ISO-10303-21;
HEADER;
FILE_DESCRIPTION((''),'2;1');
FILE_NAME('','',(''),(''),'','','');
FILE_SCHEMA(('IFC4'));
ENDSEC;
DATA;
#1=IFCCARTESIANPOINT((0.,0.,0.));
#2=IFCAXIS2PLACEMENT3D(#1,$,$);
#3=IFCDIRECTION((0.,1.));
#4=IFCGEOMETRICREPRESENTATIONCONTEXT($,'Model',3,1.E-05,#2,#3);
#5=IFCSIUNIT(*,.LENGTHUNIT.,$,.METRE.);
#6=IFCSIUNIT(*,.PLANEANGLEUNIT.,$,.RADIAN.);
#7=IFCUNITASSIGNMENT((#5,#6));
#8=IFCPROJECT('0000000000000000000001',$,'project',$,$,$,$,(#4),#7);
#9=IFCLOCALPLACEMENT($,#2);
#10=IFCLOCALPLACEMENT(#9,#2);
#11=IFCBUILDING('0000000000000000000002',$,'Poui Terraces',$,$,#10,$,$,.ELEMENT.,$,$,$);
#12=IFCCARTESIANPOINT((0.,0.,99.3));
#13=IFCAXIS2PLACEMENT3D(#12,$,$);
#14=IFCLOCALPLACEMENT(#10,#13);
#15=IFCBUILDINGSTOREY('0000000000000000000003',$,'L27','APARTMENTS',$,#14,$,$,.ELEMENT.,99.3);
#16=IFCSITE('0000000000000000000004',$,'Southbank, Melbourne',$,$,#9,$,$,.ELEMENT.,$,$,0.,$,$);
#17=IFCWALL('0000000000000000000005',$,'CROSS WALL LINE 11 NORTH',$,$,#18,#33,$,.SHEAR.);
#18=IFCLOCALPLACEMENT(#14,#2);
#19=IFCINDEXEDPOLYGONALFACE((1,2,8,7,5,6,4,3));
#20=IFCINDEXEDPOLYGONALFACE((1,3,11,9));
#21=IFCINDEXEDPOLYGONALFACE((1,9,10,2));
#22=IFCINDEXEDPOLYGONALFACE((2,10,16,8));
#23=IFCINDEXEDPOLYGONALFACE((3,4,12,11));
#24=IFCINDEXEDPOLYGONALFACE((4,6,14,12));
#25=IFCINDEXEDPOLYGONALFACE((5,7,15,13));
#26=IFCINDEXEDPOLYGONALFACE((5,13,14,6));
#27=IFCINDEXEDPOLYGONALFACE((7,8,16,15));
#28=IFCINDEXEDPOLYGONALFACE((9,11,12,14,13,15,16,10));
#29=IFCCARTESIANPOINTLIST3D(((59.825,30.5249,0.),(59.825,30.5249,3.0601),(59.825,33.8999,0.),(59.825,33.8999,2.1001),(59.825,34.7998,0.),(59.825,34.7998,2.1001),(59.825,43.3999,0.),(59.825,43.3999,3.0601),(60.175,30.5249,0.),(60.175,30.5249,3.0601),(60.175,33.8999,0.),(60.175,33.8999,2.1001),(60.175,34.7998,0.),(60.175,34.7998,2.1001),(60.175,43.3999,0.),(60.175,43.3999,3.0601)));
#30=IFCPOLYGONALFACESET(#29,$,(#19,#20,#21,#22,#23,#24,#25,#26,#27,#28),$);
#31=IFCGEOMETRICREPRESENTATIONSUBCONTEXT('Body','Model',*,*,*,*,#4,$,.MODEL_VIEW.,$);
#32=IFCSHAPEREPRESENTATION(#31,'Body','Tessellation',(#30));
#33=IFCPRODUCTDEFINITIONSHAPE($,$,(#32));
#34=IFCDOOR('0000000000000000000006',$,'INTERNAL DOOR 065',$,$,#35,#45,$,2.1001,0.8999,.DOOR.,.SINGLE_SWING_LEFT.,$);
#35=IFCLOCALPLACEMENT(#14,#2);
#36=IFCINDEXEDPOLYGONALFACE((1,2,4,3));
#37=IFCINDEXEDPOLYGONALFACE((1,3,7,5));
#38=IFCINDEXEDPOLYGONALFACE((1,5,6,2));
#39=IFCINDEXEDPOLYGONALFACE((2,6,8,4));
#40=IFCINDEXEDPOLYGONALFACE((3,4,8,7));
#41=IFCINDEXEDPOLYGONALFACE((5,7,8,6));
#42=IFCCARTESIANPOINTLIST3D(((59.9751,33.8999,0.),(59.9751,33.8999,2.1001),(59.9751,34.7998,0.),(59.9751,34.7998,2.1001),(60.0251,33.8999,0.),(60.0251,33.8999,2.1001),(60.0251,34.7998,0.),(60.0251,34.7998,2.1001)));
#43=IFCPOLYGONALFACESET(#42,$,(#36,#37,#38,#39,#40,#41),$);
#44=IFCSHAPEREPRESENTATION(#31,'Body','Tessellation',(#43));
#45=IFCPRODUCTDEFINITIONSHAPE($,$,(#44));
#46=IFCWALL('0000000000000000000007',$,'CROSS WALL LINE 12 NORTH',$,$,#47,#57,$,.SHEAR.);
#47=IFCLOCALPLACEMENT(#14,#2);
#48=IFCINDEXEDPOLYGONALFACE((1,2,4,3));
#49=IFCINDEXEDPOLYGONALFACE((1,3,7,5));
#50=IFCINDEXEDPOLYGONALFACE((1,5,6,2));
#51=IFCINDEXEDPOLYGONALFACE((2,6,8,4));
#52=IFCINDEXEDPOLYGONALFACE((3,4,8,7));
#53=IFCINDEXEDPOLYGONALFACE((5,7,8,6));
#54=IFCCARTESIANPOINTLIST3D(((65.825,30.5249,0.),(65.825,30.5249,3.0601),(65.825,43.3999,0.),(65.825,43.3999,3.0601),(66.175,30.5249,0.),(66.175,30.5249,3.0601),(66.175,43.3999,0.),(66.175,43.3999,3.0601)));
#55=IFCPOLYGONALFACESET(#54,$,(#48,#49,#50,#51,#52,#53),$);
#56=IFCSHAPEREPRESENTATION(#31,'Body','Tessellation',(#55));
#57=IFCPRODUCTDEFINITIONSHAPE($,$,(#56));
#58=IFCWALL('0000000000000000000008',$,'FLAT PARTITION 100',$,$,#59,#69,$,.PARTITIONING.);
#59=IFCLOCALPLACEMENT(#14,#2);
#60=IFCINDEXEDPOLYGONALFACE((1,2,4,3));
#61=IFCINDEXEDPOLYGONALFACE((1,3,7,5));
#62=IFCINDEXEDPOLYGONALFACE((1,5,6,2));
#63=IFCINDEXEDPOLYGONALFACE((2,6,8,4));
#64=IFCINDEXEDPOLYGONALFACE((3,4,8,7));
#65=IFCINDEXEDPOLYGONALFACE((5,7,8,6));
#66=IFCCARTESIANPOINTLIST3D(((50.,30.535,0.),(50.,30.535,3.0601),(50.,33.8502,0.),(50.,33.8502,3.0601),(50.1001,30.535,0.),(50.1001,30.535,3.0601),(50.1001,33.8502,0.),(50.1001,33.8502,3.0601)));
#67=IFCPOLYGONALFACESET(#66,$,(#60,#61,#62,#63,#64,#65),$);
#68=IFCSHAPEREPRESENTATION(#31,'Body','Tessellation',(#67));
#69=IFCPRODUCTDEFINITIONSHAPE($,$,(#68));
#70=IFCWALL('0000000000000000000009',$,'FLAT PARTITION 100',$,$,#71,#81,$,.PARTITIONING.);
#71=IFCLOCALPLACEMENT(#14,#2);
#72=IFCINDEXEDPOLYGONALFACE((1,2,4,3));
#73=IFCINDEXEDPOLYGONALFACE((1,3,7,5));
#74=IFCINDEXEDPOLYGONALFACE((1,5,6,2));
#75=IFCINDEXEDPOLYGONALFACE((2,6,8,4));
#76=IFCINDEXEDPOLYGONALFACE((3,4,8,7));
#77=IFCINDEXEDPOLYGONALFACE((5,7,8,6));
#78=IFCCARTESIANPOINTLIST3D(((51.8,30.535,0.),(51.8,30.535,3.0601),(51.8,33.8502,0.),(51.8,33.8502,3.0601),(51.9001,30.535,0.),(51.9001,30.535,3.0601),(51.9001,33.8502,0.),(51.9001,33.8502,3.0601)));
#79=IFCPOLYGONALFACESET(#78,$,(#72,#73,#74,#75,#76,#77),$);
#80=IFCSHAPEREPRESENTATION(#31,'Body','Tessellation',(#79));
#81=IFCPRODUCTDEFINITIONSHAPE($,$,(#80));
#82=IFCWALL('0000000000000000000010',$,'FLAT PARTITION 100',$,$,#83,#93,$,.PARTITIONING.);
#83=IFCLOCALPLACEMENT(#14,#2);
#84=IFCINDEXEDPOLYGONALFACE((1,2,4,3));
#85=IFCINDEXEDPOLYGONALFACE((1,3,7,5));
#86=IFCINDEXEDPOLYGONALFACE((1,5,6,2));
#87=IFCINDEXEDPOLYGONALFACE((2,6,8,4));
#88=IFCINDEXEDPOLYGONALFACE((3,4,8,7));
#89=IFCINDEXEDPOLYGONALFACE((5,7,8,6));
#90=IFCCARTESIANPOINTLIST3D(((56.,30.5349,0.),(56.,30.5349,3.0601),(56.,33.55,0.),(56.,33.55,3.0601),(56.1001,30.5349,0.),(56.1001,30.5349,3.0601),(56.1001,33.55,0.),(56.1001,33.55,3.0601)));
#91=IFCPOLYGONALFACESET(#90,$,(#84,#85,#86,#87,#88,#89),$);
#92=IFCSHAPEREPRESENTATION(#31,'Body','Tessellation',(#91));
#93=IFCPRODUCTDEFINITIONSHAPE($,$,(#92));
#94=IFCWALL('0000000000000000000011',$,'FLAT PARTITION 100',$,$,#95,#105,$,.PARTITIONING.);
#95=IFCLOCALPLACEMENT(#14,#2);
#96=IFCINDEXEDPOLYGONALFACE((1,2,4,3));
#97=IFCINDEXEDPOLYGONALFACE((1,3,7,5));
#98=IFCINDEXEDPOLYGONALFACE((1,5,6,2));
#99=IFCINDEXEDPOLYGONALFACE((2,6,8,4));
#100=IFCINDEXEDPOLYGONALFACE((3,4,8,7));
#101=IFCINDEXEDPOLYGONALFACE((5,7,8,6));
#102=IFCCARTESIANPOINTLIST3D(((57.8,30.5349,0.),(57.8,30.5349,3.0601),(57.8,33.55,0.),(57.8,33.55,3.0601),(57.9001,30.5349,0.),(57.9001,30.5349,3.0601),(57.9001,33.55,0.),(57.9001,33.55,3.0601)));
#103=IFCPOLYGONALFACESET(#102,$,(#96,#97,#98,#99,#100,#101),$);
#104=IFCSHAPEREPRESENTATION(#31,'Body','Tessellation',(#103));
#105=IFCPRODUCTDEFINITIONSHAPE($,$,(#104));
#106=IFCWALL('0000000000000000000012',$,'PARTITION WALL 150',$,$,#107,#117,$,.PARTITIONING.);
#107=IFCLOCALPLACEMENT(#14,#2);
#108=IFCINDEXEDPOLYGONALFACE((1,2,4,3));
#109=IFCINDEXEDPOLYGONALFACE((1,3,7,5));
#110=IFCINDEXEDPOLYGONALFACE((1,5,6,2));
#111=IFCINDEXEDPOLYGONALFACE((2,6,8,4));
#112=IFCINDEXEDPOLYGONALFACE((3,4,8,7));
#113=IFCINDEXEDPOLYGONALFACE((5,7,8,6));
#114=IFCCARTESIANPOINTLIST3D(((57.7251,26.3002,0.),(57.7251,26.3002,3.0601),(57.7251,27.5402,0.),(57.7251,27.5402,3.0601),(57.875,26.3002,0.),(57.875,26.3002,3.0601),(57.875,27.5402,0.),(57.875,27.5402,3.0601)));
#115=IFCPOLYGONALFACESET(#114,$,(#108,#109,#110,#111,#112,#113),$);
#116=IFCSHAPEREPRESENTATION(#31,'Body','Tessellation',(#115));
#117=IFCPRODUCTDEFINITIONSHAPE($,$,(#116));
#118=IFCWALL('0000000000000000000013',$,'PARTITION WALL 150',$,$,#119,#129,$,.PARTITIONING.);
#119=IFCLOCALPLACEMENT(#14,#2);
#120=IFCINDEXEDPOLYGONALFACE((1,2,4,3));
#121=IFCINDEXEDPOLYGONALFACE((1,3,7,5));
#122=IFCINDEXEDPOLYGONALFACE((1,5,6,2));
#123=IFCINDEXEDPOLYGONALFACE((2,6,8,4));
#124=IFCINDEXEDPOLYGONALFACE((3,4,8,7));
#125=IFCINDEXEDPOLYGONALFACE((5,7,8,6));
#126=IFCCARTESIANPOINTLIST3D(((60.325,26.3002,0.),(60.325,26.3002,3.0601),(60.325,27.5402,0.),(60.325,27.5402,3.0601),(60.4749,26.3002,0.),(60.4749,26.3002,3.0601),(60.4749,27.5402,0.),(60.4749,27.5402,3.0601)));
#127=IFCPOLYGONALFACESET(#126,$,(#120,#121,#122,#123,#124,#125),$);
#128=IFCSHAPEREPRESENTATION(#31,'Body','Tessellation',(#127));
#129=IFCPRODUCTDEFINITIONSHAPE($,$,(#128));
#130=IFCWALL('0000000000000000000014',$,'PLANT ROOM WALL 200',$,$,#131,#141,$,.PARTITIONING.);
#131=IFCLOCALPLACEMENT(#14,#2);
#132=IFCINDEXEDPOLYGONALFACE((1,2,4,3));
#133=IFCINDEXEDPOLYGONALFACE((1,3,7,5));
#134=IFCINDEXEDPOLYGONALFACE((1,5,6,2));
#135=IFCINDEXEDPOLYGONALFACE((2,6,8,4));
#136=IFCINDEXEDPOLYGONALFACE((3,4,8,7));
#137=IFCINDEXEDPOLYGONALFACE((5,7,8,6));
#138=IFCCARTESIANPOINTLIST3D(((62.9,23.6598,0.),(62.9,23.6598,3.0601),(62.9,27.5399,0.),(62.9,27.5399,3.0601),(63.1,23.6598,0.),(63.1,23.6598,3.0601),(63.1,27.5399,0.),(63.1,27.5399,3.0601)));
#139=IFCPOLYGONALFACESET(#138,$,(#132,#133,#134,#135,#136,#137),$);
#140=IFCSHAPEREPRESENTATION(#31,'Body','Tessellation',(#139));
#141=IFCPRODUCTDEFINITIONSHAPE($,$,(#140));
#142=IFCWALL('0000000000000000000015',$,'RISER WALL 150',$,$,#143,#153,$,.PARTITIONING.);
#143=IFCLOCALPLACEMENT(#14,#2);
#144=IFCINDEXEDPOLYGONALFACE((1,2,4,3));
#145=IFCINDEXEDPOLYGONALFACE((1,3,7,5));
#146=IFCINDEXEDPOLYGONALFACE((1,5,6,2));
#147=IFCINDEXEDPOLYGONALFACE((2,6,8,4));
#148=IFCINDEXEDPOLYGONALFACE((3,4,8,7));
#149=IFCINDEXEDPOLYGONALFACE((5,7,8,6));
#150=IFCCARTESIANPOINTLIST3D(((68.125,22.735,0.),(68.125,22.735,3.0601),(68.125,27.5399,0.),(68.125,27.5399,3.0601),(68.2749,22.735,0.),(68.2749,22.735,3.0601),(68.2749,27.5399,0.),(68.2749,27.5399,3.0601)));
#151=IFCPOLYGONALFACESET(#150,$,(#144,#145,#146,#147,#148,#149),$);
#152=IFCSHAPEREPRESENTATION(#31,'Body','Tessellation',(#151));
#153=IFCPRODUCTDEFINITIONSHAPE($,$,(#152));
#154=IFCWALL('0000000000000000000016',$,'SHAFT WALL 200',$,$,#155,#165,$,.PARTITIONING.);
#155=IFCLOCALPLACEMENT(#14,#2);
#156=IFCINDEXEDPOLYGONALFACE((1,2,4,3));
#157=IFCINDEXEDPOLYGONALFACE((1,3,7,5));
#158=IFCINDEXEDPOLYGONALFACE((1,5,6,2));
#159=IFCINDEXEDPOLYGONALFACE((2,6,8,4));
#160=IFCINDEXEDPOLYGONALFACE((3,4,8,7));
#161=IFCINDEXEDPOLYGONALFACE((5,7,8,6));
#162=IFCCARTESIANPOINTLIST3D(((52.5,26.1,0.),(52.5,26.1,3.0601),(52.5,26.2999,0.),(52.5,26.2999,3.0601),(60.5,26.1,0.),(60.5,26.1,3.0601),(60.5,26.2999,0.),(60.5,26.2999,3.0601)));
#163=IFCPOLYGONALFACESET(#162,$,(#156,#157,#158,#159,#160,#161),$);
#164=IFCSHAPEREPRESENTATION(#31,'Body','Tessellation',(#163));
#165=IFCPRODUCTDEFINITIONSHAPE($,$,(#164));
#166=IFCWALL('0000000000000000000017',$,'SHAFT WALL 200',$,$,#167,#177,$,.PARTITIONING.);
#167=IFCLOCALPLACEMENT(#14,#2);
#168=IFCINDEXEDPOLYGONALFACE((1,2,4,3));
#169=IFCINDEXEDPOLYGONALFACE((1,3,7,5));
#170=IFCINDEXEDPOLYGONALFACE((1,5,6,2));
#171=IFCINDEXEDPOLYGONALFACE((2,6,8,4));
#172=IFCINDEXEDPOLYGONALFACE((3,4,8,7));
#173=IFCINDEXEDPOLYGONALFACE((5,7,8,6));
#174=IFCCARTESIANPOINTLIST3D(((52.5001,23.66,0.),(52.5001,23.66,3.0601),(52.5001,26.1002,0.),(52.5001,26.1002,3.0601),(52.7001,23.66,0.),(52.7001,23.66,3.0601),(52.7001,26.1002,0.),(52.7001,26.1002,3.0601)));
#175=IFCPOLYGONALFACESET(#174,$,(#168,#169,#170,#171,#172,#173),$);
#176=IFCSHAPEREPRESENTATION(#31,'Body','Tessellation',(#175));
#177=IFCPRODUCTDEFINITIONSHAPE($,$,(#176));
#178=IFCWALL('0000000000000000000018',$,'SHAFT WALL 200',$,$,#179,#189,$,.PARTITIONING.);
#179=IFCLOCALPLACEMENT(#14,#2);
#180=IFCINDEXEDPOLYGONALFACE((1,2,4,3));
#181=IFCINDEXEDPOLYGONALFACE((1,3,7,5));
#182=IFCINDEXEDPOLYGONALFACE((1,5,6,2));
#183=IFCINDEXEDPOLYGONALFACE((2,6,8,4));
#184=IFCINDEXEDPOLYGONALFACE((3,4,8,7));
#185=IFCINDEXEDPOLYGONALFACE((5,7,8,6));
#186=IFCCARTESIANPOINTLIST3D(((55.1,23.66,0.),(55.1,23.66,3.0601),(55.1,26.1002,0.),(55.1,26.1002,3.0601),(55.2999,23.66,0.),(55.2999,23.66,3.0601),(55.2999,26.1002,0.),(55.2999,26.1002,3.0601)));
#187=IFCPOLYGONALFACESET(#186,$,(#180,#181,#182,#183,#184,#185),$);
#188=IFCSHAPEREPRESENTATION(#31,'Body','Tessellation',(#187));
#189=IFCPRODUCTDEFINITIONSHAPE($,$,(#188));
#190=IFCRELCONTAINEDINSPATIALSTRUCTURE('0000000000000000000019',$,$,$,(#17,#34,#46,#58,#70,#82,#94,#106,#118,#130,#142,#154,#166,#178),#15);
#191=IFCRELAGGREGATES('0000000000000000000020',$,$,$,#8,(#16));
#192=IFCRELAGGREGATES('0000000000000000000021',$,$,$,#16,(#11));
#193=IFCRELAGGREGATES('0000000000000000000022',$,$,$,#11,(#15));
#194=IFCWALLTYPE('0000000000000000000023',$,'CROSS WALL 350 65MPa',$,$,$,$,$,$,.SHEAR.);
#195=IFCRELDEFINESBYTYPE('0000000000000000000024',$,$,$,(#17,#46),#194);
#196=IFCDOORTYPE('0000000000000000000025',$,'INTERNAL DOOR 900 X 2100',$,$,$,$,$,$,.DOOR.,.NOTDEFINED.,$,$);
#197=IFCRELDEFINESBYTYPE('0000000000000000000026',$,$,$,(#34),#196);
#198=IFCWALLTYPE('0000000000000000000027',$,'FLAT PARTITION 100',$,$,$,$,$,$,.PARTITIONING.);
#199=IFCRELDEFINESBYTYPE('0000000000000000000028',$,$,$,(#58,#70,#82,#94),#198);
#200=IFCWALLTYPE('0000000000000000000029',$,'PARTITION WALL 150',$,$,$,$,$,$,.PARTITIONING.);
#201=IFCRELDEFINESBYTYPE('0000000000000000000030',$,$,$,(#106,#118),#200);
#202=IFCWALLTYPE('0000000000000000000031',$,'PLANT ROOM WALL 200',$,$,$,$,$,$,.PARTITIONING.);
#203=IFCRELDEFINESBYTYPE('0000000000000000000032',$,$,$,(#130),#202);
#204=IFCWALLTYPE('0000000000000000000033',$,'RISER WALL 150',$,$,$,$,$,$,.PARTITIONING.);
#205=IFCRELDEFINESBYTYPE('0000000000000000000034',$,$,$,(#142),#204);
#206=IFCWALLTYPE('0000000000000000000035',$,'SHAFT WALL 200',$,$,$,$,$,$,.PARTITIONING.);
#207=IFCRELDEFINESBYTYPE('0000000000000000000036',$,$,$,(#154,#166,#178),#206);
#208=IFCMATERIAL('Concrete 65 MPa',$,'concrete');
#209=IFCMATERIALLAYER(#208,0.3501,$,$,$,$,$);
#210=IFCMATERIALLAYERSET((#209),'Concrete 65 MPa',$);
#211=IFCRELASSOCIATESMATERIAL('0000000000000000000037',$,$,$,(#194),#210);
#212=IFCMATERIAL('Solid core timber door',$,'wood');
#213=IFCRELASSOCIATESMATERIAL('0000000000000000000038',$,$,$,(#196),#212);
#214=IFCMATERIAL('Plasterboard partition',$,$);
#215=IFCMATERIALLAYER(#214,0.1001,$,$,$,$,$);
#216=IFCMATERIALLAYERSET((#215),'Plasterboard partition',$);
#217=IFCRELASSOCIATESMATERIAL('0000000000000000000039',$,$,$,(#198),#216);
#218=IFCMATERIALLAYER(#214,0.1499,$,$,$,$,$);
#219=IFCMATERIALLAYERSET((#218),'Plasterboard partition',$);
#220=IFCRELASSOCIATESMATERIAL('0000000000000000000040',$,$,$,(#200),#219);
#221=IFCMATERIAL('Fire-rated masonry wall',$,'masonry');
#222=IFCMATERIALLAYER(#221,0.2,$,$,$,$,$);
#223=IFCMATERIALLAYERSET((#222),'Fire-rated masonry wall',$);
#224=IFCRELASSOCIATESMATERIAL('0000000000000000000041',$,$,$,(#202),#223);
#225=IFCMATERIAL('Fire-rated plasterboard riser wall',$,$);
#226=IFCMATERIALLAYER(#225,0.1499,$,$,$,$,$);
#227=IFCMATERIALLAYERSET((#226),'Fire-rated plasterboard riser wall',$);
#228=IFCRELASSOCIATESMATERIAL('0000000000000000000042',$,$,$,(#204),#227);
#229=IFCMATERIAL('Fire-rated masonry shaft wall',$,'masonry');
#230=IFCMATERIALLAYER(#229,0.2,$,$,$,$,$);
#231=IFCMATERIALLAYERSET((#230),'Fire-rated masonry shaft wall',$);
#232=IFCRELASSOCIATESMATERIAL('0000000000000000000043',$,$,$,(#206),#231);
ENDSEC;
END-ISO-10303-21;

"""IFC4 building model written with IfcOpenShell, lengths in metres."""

from ifc_helpers import new_model, si_unit, direction, frame, frame_2d, origin, place, context, subcontext, project, spatial, rectangle, extrude, material, layer, layer_set, type_object, element, fill, save


model = new_model("IFC4")

# Units and contexts
model_context = context("Model", 3, precision=1e-05, world=origin(), true_north=direction((0.0, 1.0)))
body_context = subcontext(model_context, "Body", "Model", "MODEL_VIEW")
ifc_project = project(units=[si_unit("LENGTHUNIT", "METRE"), si_unit("PLANEANGLEUNIT", "RADIAN")], contexts=[model_context])

# Site, building, storey
site_placement = place(None, origin())
site = spatial("IfcSite", under=ifc_project, at=site_placement, Name="Southbank, Melbourne", CompositionType="ELEMENT", RefElevation=0.0)
building_placement = place(site_placement, origin())
building = spatial("IfcBuilding", under=site, at=building_placement, Name="Poui Terraces", CompositionType="ELEMENT")
storey_placement = place(building_placement, frame((0.0, 0.0, 99.3)))
storey = spatial("IfcBuildingStorey", under=building, at=storey_placement, Name="L27", Description="APARTMENTS", CompositionType="ELEMENT", Elevation=99.3)

# Shared definitions
ifc_material_1 = material(Name="Concrete 65 MPa", Category="concrete")

# Shared definitions
ifc_layer_1 = layer(ifc_material_1, 0.3501)
ifc_layer_set_1 = layer_set([ifc_layer_1], Name="Concrete 65 MPa")
wall_type_1 = type_object("IfcWallType", Name="CROSS WALL 350 65MPa", PredefinedType="SHEAR", material=ifc_layer_set_1)

# Wall, opening, door
wall_1_placement = place(storey_placement, frame((60.0, 30.5249, 0.0), z_axis=(0.0, 0.0, 1.0), x_axis=(0.0, 1.0, 0.0)))
wall_1 = element("IfcWall", 1, at=wall_1_placement, inside=storey, type_object=wall_type_1, Name="CROSS WALL LINE 11 NORTH", PredefinedType="SHEAR", context=body_context, shape_type="SweptSolid", body=[
    extrude(rectangle(XDim=12.875, YDim=0.3501, at=frame_2d((6.4375, 0.0))), origin(), (0.0, 0.0, 1.0), 3.0601),
])
opening_1_placement = place(wall_1_placement, frame((3.375, 0.0, 0.0)))
opening_1 = element("IfcOpeningElement", 2, at=opening_1_placement, cuts=wall_1, PredefinedType="OPENING", context=body_context, shape_type="SweptSolid", body=[
    extrude(rectangle(XDim=0.8999, YDim=2.1001, at=frame_2d((0.45, 1.05))), frame((0.0, 0.1851, 0.0), z_axis=(0.0, -1.0, 0.0), x_axis=(1.0, 0.0, 0.0)), (0.0, 0.0, 1.0), 0.3701),
])
ifc_material_2 = material(Name="Solid core timber door", Category="wood")
door_type_1 = type_object("IfcDoorType", Name="INTERNAL DOOR 900 X 2100", OperationType="NOTDEFINED", PredefinedType="DOOR", material=ifc_material_2)
door_1_placement = place(opening_1_placement, origin())
door_1 = element("IfcDoor", 3, at=door_1_placement, inside=storey, type_object=door_type_1, Name="INTERNAL DOOR 065", OperationType="SINGLE_SWING_LEFT", OverallHeight=2.1001, OverallWidth=0.8999, PredefinedType="DOOR", context=body_context, shape_type="SweptSolid", body=[
    extrude(rectangle(XDim=0.8999, YDim=2.1001, at=frame_2d((0.45, 1.05))), frame((0.0, 0.0249, 0.0), z_axis=(0.0, -1.0, 0.0), x_axis=(1.0, 0.0, 0.0)), (0.0, 0.0, 1.0), 0.05),
])
fill(opening_1, door_1)

# Walls
wall_2_placement = place(storey_placement, frame((66.0, 30.5249, 0.0), z_axis=(0.0, 0.0, 1.0), x_axis=(0.0, 1.0, 0.0)))
element("IfcWall", 4, at=wall_2_placement, inside=storey, type_object=wall_type_1, Name="CROSS WALL LINE 12 NORTH", PredefinedType="SHEAR", context=body_context, shape_type="SweptSolid", body=[
    extrude(rectangle(XDim=12.875, YDim=0.3501, at=frame_2d((6.4375, 0.0))), origin(), (0.0, 0.0, 1.0), 3.0601),
])
ifc_material_3 = material(Name="Plasterboard partition")
ifc_layer_2 = layer(ifc_material_3, 0.1001)
ifc_layer_set_2 = layer_set([ifc_layer_2], Name="Plasterboard partition")
wall_type_2 = type_object("IfcWallType", Name="FLAT PARTITION 100", PredefinedType="PARTITIONING", material=ifc_layer_set_2)
for number, where, z_axis, x_axis, name in (
    (5, (50.05, 30.5349, 0.0), (0.0, 0.0, 1.0), (0.0, 1.0, 0.0), "FLAT PARTITION 100"),
    (6, (51.8501, 30.5349, 0.0), (0.0, 0.0, 1.0), (0.0, 1.0, 0.0), "FLAT PARTITION 100"),
):
    element("IfcWall", number, at=place(storey_placement, frame(where, z_axis=z_axis, x_axis=x_axis)), inside=storey, type_object=wall_type_2, Name=name, PredefinedType="PARTITIONING", context=body_context, shape_type="SweptSolid", body=[
        extrude(rectangle(XDim=3.3152, YDim=0.1001, at=frame_2d((1.6577, 0.0))), origin(), (0.0, 0.0, 1.0), 3.0601),
    ])
for number, where, z_axis, x_axis, name in (
    (7, (56.05, 30.5349, 0.0), (0.0, 0.0, 1.0), (0.0, 1.0, 0.0), "FLAT PARTITION 100"),
    (8, (57.8501, 30.5349, 0.0), (0.0, 0.0, 1.0), (0.0, 1.0, 0.0), "FLAT PARTITION 100"),
):
    element("IfcWall", number, at=place(storey_placement, frame(where, z_axis=z_axis, x_axis=x_axis)), inside=storey, type_object=wall_type_2, Name=name, PredefinedType="PARTITIONING", context=body_context, shape_type="SweptSolid", body=[
        extrude(rectangle(XDim=3.0151, YDim=0.1001, at=frame_2d((1.5076, 0.0))), origin(), (0.0, 0.0, 1.0), 3.0601),
    ])
ifc_layer_3 = layer(ifc_material_3, 0.1499)
ifc_layer_set_3 = layer_set([ifc_layer_3], Name="Plasterboard partition")
wall_type_3 = type_object("IfcWallType", Name="PARTITION WALL 150", PredefinedType="PARTITIONING", material=ifc_layer_set_3)
for number, where, z_axis, x_axis, name in (
    (9, (57.8, 26.3, 0.0), (0.0, 0.0, 1.0), (0.0, 1.0, 0.0), "PARTITION WALL 150"),
    (10, (60.3999, 26.3, 0.0), (0.0, 0.0, 1.0), (0.0, 1.0, 0.0), "PARTITION WALL 150"),
):
    element("IfcWall", number, at=place(storey_placement, frame(where, z_axis=z_axis, x_axis=x_axis)), inside=storey, type_object=wall_type_3, Name=name, PredefinedType="PARTITIONING", context=body_context, shape_type="SweptSolid", body=[
        extrude(rectangle(XDim=1.24, YDim=0.1499, at=frame_2d((0.6201, 0.0))), origin(), (0.0, 0.0, 1.0), 3.0601),
    ])
ifc_material_4 = material(Name="Fire-rated masonry wall", Category="masonry")
ifc_layer_4 = layer(ifc_material_4, 0.2)
ifc_layer_set_4 = layer_set([ifc_layer_4], Name="Fire-rated masonry wall")
wall_type_4 = type_object("IfcWallType", Name="PLANT ROOM WALL 200", PredefinedType="PARTITIONING", material=ifc_layer_set_4)
wall_3_placement = place(storey_placement, frame((63.0, 23.6599, 0.0), z_axis=(0.0, 0.0, 1.0), x_axis=(0.0, 1.0, 0.0)))
element("IfcWall", 11, at=wall_3_placement, inside=storey, type_object=wall_type_4, Name="PLANT ROOM WALL 200", PredefinedType="PARTITIONING", context=body_context, shape_type="SweptSolid", body=[
    extrude(rectangle(XDim=3.8801, YDim=0.2, at=frame_2d((1.9399, 0.0))), origin(), (0.0, 0.0, 1.0), 3.0601),
])
ifc_material_5 = material(Name="Fire-rated plasterboard riser wall")
ifc_layer_5 = layer(ifc_material_5, 0.1499)
ifc_layer_set_5 = layer_set([ifc_layer_5], Name="Fire-rated plasterboard riser wall")
wall_type_5 = type_object("IfcWallType", Name="RISER WALL 150", PredefinedType="PARTITIONING", material=ifc_layer_set_5)
wall_4_placement = place(storey_placement, frame((68.2, 22.7351, 0.0), z_axis=(0.0, 0.0, 1.0), x_axis=(0.0, 1.0, 0.0)))
element("IfcWall", 12, at=wall_4_placement, inside=storey, type_object=wall_type_5, Name="RISER WALL 150", PredefinedType="PARTITIONING", context=body_context, shape_type="SweptSolid", body=[
    extrude(rectangle(XDim=4.8049, YDim=0.1499, at=frame_2d((2.4023, 0.0))), origin(), (0.0, 0.0, 1.0), 3.0601),
])
ifc_material_6 = material(Name="Fire-rated masonry shaft wall", Category="masonry")
ifc_layer_6 = layer(ifc_material_6, 0.2)
ifc_layer_set_6 = layer_set([ifc_layer_6], Name="Fire-rated masonry shaft wall")
wall_type_6 = type_object("IfcWallType", Name="SHAFT WALL 200", PredefinedType="PARTITIONING", material=ifc_layer_set_6)
wall_5_placement = place(storey_placement, frame((52.5, 26.2, 0.0), z_axis=(0.0, 0.0, 1.0), x_axis=(1.0, 0.0, 0.0)))
element("IfcWall", 13, at=wall_5_placement, inside=storey, type_object=wall_type_6, Name="SHAFT WALL 200", PredefinedType="PARTITIONING", context=body_context, shape_type="SweptSolid", body=[
    extrude(rectangle(XDim=8.0, YDim=0.2, at=frame_2d((4.0, 0.0))), origin(), (0.0, 0.0, 1.0), 3.0601),
])
for number, where, z_axis, x_axis, name in (
    (14, (52.6001, 23.6599, 0.0), (0.0, 0.0, 1.0), (0.0, 1.0, 0.0), "SHAFT WALL 200"),
    (15, (55.2, 23.6599, 0.0), (0.0, 0.0, 1.0), (0.0, 1.0, 0.0), "SHAFT WALL 200"),
):
    element("IfcWall", number, at=place(storey_placement, frame(where, z_axis=z_axis, x_axis=x_axis)), inside=storey, type_object=wall_type_6, Name=name, PredefinedType="PARTITIONING", context=body_context, shape_type="SweptSolid", body=[
        extrude(rectangle(XDim=2.4402, YDim=0.2, at=frame_2d((1.2202, 0.0))), origin(), (0.0, 0.0, 1.0), 3.0601),
    ])

save(model, "model.ifc")
